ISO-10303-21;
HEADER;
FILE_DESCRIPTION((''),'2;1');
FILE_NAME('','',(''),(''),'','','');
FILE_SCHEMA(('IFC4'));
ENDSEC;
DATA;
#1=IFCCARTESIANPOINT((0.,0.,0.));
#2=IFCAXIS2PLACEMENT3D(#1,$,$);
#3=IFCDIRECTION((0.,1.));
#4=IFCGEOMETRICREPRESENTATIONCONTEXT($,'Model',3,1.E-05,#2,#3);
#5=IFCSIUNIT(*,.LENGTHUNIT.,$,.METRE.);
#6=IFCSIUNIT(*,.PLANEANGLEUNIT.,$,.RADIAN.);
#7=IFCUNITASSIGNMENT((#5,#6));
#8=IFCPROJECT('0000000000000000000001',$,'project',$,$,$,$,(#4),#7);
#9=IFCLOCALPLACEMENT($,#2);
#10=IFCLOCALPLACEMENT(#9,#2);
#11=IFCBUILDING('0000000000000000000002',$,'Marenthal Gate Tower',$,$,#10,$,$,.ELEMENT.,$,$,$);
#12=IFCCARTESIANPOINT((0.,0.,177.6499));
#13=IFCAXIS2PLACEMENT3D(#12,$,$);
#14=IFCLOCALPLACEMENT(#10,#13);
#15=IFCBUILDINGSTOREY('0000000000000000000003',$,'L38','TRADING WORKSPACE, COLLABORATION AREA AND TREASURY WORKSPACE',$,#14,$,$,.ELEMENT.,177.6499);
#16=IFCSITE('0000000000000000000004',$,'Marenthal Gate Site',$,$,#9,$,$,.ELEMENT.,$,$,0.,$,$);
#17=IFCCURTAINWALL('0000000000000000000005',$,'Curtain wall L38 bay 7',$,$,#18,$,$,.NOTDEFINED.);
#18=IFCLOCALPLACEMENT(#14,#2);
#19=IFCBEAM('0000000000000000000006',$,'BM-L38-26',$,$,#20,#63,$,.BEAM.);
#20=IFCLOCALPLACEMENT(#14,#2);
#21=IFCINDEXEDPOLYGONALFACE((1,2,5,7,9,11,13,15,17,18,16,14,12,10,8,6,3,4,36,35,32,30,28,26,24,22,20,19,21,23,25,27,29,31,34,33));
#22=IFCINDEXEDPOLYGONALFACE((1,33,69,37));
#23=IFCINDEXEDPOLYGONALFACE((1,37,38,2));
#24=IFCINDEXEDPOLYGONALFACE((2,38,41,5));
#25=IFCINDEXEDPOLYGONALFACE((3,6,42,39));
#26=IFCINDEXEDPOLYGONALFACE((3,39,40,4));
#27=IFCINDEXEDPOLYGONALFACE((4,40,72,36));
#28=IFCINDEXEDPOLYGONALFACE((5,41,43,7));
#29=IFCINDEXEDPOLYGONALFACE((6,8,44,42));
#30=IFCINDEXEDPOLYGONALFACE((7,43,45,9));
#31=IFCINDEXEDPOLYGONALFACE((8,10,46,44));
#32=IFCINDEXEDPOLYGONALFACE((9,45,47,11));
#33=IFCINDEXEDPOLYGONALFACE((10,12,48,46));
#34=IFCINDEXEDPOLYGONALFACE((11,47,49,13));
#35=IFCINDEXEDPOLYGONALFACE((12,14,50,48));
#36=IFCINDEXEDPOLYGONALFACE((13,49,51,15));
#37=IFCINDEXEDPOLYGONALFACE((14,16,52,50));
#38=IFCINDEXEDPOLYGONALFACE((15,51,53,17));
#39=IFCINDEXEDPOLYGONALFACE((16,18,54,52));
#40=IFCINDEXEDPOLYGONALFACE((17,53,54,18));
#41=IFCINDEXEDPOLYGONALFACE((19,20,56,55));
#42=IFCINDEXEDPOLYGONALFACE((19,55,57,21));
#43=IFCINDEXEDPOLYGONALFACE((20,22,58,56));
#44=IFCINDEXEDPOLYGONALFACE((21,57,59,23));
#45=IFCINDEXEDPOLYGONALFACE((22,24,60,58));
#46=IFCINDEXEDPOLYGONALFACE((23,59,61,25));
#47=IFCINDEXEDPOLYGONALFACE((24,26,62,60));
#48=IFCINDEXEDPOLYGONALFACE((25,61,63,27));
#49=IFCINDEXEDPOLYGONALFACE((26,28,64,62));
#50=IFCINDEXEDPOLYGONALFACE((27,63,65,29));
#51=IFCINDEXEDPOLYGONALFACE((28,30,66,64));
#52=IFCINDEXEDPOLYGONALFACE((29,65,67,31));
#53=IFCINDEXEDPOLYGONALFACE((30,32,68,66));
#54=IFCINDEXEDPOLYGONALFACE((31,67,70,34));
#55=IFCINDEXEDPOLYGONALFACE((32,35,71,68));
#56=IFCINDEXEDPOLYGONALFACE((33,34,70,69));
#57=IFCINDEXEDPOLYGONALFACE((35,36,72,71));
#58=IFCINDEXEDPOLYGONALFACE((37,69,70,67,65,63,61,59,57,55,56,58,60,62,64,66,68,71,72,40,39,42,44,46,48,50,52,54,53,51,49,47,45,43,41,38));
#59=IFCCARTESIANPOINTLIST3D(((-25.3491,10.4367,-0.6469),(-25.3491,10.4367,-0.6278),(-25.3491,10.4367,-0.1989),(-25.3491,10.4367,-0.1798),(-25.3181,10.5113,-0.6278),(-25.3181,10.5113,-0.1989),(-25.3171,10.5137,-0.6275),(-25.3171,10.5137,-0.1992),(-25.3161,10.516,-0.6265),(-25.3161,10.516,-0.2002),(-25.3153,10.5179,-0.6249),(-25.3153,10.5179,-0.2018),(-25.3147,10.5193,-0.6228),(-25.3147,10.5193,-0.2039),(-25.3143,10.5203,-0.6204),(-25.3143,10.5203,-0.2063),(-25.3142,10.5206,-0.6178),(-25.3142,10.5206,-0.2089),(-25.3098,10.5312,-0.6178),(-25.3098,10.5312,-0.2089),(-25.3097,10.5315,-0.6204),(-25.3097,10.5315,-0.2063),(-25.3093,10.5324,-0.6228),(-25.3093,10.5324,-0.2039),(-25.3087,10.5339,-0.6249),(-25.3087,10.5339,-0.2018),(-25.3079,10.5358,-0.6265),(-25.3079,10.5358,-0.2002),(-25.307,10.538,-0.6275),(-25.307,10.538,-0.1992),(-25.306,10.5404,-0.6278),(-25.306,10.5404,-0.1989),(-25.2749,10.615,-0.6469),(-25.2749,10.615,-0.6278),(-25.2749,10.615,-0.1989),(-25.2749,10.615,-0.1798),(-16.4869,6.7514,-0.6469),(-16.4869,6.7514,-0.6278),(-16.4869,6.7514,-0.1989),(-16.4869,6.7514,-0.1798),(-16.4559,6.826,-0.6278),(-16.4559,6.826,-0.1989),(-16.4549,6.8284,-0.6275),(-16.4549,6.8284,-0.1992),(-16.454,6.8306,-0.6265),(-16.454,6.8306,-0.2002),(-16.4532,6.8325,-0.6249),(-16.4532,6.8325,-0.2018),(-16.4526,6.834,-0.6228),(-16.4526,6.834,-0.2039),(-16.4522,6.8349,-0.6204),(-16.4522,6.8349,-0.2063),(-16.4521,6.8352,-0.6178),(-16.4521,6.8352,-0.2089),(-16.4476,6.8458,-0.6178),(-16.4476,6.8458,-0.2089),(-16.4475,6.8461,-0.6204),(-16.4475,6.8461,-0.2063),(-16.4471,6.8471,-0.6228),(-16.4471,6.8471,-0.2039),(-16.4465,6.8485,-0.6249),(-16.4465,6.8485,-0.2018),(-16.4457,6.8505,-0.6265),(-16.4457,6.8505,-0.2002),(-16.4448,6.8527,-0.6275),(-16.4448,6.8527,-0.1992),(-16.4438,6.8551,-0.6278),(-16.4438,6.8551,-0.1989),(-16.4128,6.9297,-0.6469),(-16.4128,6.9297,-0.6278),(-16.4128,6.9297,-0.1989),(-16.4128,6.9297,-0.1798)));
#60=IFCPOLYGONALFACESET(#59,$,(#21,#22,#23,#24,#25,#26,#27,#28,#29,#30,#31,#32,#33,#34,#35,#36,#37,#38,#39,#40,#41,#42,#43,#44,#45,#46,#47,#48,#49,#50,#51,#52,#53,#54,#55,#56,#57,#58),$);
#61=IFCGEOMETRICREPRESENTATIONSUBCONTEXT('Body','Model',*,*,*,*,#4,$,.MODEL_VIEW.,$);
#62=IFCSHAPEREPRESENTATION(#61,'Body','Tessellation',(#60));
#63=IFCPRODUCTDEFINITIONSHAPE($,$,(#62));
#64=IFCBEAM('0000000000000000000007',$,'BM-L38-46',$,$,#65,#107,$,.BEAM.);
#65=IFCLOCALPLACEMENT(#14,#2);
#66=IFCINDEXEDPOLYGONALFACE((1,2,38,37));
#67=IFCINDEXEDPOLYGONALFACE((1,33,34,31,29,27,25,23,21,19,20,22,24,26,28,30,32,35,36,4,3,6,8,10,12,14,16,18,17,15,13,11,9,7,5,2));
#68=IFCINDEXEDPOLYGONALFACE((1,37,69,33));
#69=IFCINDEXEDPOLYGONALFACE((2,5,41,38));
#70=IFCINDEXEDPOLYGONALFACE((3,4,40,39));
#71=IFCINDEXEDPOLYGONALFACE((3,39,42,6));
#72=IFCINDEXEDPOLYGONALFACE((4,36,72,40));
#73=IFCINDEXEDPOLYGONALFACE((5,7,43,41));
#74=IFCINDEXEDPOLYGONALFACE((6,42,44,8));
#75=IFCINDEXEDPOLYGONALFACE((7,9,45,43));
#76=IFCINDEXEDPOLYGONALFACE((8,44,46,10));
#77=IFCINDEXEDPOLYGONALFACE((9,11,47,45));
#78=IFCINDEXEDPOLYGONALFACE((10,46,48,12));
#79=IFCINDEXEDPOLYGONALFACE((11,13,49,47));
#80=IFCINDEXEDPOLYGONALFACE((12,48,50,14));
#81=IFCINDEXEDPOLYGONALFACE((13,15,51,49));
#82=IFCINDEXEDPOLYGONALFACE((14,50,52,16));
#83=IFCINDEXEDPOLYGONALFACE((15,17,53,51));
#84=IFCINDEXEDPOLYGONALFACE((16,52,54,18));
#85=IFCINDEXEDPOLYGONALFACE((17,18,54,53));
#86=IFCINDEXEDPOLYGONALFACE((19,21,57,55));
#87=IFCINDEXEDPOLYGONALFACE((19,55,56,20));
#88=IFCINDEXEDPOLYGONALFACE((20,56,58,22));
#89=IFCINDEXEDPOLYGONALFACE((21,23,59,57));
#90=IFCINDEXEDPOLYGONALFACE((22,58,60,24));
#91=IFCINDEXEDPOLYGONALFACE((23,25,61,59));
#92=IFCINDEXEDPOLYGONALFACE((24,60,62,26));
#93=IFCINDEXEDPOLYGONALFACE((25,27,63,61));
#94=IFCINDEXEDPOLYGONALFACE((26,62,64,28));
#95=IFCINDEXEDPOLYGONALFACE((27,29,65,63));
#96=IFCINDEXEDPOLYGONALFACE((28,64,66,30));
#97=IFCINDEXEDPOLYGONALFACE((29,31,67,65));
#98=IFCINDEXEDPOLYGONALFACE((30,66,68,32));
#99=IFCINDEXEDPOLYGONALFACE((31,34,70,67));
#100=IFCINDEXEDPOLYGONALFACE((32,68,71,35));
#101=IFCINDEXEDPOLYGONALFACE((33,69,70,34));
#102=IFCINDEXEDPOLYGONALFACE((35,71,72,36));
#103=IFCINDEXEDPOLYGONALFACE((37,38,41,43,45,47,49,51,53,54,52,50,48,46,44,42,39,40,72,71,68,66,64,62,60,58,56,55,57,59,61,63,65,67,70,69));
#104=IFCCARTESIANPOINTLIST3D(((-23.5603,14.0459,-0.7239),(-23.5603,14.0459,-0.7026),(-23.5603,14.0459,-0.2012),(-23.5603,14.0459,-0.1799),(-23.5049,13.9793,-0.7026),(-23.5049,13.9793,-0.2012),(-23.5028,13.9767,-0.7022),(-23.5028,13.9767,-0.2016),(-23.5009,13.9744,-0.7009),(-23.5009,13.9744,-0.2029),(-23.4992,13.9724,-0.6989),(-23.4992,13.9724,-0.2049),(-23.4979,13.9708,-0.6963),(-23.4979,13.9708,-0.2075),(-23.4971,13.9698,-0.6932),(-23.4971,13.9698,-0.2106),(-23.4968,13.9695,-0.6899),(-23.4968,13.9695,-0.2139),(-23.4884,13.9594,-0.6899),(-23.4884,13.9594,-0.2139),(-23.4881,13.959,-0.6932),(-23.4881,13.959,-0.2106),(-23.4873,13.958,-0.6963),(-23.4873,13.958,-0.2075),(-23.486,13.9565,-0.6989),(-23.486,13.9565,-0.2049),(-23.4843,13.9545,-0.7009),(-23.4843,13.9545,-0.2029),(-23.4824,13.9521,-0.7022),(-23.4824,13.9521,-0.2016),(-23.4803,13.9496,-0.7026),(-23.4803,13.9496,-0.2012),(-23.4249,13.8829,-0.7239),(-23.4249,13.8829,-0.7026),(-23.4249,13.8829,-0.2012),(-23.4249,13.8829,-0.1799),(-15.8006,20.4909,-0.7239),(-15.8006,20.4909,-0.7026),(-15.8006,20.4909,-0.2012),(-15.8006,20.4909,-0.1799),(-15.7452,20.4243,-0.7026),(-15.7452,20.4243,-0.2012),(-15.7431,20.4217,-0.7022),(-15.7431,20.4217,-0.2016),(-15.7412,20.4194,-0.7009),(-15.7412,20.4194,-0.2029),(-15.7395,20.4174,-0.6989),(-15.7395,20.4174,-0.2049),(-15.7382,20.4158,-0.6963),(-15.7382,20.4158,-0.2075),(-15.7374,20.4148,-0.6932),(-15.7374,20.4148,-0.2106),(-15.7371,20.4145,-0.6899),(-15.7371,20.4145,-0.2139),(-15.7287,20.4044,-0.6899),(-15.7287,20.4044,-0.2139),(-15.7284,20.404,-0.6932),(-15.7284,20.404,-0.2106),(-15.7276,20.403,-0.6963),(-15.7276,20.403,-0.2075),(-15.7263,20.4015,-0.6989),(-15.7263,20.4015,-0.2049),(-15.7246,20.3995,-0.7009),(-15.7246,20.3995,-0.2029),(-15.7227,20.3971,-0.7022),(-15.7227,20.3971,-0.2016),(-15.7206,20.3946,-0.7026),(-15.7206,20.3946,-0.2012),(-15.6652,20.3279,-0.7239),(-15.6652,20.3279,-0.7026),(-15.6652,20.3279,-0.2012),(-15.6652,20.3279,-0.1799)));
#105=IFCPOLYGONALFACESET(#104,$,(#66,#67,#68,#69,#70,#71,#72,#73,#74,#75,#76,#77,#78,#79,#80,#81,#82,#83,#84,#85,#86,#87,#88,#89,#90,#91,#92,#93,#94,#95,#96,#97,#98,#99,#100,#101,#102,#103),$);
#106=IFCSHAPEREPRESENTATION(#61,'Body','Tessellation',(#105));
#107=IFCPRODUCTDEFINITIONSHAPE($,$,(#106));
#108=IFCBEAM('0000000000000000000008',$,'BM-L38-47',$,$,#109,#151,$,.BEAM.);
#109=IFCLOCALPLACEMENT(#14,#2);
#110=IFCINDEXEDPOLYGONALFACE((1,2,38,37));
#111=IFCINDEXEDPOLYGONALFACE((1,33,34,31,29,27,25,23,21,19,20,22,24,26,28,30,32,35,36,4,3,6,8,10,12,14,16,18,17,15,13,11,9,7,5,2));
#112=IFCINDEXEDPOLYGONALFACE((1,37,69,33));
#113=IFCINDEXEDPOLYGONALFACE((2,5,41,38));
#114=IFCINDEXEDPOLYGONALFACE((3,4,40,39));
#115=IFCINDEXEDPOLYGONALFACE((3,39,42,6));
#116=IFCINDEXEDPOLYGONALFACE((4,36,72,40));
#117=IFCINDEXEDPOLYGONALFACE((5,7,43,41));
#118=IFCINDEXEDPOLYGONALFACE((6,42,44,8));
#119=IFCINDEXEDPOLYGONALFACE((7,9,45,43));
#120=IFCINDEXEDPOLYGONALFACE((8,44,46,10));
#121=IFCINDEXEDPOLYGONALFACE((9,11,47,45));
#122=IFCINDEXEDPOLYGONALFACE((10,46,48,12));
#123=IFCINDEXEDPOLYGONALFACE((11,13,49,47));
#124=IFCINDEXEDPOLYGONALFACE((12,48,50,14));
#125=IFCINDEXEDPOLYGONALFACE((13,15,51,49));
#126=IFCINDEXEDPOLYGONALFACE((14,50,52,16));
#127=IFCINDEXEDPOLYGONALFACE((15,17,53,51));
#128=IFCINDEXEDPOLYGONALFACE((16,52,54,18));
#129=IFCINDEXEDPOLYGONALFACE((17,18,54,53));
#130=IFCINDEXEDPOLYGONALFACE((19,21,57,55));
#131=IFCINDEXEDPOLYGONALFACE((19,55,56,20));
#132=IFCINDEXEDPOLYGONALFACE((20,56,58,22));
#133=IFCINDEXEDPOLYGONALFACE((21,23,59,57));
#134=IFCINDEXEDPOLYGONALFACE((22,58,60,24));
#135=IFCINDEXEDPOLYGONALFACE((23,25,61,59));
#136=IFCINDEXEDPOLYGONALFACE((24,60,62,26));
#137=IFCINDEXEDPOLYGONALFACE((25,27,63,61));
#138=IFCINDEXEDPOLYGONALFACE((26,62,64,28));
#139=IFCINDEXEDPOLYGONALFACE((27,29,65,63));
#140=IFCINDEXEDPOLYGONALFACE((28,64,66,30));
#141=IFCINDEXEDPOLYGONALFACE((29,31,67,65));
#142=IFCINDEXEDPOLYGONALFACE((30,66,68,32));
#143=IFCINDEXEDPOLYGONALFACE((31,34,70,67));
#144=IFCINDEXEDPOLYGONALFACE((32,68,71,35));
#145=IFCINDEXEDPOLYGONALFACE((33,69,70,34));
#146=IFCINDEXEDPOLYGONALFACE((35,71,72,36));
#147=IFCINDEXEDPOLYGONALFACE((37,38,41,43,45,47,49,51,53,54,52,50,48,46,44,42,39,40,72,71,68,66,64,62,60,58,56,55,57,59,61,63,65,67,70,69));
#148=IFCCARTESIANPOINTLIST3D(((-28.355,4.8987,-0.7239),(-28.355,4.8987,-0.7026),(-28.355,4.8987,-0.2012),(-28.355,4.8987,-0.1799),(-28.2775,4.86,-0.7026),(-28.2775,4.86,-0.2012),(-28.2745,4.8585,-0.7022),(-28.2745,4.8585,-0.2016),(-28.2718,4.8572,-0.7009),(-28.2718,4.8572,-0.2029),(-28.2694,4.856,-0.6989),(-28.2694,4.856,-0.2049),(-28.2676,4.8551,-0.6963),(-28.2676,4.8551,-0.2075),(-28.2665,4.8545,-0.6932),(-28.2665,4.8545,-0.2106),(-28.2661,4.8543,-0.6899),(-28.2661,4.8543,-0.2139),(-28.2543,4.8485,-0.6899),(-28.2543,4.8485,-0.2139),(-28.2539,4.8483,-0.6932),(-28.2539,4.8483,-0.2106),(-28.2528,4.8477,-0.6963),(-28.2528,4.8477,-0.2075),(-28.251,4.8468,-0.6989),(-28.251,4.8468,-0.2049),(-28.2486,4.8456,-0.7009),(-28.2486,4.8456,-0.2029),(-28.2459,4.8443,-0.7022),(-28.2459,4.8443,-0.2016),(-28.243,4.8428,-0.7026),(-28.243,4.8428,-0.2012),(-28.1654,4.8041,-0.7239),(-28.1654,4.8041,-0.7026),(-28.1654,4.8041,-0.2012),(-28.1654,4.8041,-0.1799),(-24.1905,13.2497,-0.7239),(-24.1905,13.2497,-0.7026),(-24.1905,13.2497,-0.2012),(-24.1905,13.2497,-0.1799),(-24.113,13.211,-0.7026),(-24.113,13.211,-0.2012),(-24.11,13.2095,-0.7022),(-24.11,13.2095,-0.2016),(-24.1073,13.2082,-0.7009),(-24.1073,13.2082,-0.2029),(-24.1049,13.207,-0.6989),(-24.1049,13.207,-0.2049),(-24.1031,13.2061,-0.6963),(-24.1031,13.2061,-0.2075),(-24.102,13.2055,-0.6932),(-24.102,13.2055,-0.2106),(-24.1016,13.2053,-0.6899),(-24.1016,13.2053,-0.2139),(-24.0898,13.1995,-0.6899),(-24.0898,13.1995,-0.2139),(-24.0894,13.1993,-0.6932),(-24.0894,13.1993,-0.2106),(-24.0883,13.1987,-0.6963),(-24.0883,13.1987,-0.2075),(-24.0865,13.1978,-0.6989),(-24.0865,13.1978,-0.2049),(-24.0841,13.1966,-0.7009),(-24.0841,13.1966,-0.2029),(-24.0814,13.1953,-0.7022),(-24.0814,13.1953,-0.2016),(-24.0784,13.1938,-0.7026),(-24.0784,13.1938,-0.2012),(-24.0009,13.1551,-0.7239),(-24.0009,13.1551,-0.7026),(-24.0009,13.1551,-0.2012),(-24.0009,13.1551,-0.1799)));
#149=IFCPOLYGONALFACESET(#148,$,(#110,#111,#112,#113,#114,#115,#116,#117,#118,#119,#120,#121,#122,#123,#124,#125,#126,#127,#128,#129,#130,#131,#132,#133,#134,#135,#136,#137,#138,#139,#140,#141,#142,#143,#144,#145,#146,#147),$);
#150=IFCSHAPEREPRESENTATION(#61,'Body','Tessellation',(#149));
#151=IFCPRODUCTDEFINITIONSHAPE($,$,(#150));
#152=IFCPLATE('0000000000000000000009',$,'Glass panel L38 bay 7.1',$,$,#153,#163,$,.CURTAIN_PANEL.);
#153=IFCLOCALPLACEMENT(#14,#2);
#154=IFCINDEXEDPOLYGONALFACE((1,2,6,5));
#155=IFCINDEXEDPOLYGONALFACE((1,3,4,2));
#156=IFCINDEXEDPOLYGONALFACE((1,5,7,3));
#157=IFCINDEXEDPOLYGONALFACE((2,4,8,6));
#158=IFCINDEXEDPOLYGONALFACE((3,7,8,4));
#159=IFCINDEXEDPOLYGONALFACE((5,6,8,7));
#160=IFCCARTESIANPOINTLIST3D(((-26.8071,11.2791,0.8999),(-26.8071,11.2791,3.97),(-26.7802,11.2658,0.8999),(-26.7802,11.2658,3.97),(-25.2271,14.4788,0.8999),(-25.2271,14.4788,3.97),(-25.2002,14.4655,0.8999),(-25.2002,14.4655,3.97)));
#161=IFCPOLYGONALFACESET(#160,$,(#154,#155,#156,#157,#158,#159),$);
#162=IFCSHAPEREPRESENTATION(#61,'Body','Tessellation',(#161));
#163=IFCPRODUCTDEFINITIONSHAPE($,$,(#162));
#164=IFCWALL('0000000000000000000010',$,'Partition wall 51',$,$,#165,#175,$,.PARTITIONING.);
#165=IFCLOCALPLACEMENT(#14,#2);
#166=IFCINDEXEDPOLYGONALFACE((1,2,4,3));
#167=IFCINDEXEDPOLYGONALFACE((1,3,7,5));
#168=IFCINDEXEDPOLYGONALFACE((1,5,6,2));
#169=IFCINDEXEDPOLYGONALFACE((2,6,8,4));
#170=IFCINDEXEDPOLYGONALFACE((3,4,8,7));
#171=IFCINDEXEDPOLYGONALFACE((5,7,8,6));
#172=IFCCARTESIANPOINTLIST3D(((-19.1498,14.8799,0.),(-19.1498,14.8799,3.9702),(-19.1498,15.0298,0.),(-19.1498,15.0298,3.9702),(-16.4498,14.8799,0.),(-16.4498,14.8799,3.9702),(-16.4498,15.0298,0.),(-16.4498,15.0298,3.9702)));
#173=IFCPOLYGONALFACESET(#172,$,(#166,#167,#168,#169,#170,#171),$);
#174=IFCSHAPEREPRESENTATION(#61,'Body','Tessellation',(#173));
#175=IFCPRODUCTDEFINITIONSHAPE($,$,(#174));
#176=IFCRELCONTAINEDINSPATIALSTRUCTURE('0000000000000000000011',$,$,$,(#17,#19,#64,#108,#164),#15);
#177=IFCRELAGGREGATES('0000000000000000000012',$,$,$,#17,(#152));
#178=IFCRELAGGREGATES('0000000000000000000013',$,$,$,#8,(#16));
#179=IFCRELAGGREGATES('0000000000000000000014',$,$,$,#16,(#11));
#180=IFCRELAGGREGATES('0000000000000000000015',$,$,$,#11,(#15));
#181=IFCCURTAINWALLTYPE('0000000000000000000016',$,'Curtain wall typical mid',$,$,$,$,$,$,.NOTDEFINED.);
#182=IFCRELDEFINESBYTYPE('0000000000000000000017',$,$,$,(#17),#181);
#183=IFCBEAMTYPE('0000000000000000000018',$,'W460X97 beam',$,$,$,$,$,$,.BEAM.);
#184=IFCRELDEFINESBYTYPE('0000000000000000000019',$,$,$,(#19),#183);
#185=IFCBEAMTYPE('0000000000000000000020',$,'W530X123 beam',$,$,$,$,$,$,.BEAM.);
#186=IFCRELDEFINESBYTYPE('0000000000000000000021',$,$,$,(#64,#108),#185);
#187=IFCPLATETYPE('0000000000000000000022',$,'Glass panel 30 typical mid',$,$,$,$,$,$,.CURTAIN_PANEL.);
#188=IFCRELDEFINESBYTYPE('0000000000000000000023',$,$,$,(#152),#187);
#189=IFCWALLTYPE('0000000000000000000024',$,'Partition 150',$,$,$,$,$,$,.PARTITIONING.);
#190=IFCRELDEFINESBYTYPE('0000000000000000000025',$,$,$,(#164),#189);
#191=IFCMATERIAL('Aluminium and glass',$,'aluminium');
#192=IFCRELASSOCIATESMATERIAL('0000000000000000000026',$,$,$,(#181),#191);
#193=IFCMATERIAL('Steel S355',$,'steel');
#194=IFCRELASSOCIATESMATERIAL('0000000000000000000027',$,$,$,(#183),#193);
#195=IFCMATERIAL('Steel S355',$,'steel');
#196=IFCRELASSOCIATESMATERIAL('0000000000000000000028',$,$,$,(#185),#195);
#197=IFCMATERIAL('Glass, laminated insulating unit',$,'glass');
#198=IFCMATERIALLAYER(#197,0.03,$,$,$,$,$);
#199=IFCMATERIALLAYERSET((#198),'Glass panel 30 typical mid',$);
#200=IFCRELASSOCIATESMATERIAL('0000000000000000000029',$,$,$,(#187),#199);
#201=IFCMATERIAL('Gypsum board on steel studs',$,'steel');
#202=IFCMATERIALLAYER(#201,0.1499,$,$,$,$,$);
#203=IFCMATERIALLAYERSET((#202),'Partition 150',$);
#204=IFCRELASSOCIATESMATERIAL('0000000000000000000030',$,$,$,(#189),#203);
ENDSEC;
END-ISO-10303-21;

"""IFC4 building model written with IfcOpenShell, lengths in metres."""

from ifc_helpers import new_model, si_unit, direction, frame, frame_2d, origin, origin_2d, place, context, subcontext, project, spatial, rectangle, i_section, extrude, material, layer, layer_set, material_profile, profile_set, type_object, element, aggregate, save


model = new_model("IFC4")

# Units and contexts
model_context = context("Model", 3, precision=1e-05, world=origin(), true_north=direction((0.0, 1.0)))
body_context = subcontext(model_context, "Body", "Model", "MODEL_VIEW")
ifc_project = project(units=[si_unit("LENGTHUNIT", "METRE"), si_unit("PLANEANGLEUNIT", "RADIAN")], contexts=[model_context])

# Site, building, storey
site_placement = place(None, origin())
site = spatial("IfcSite", under=ifc_project, at=site_placement, Name="Marenthal Gate Site", CompositionType="ELEMENT", RefElevation=0.0)
building_placement = place(site_placement, origin())
building = spatial("IfcBuilding", under=site, at=building_placement, Name="Marenthal Gate Tower", CompositionType="ELEMENT")
storey_placement = place(building_placement, frame((0.0, 0.0, 177.6499)))
storey = spatial("IfcBuildingStorey", under=building, at=storey_placement, Name="L38", Description="TRADING WORKSPACE, COLLABORATION AREA AND TREASURY WORKSPACE", CompositionType="ELEMENT", Elevation=177.6499)

# Shared definitions
ifc_material_1 = material(Name="Aluminium and glass", Category="aluminium")
curtain_wall_type = type_object("IfcCurtainWallType", Name="Curtain wall typical mid", PredefinedType="NOTDEFINED", material=ifc_material_1)

# Curtain wall
curtain_wall_1_placement = place(storey_placement, origin())
curtain_wall_1 = element("IfcCurtainWall", 1, at=curtain_wall_1_placement, inside=storey, type_object=curtain_wall_type, Name="Curtain wall L38 bay 7", PredefinedType="NOTDEFINED")

# Beams
ifc_material_2 = material(Name="Steel S355", Category="steel")
ifc_material_profile_1 = material_profile(ifc_material_2, i_section(OverallWidth=0.1931, OverallDepth=0.467, WebThickness=0.0115, FlangeThickness=0.019, FilletRadius=0.01, at=origin_2d()), Name="W460X97")
ifc_profile_set_1 = profile_set([ifc_material_profile_1], Name="Steel S355")
beam_type_1 = type_object("IfcBeamType", Name="W460X97 beam", PredefinedType="BEAM", material=ifc_profile_set_1)
beam_1_placement = place(storey_placement, frame((-25.312, 10.5259, -0.4133), z_axis=(0.923344, -0.383974, 0.0), x_axis=(0.383974, 0.923344, 0.0)))
element("IfcBeam", 2, at=beam_1_placement, inside=storey, type_object=beam_type_1, Name="BM-L38-26", PredefinedType="BEAM", context=body_context, shape_type="SweptSolid", body=[
    extrude(i_section(OverallWidth=0.1931, OverallDepth=0.467, WebThickness=0.0115, FlangeThickness=0.019, FilletRadius=0.01, at=origin_2d()), origin(), (0.0, 0.0, 1.0), 9.5979),
])
ifc_material_3 = material(Name="Steel S355", Category="steel")
ifc_material_profile_2 = material_profile(ifc_material_3, i_section(OverallWidth=0.2119, OverallDepth=0.5439, WebThickness=0.0132, FlangeThickness=0.0212, FilletRadius=0.0127, at=origin_2d()), Name="W530X123")
ifc_profile_set_2 = profile_set([ifc_material_profile_2], Name="Steel S355")
beam_type_2 = type_object("IfcBeamType", Name="W530X123 beam", PredefinedType="BEAM", material=ifc_profile_set_2)
beam_2_placement = place(storey_placement, frame((-15.7329, 20.4094, -0.4519), z_axis=(-0.769264, -0.638931, 0.0), x_axis=(0.638931, -0.769264, 0.0)))
element("IfcBeam", 3, at=beam_2_placement, inside=storey, type_object=beam_type_2, Name="BM-L38-46", PredefinedType="BEAM", context=body_context, shape_type="SweptSolid", body=[
    extrude(i_section(OverallWidth=0.2119, OverallDepth=0.5439, WebThickness=0.0132, FlangeThickness=0.0212, FilletRadius=0.0127, at=origin_2d()), origin(), (0.0, 0.0, 1.0), 10.0872),
])
beam_3_placement = place(storey_placement, frame((-24.0957, 13.2024, -0.4519), z_axis=(-0.446272, -0.894898, 0.0), x_axis=(0.894898, -0.446272, 0.0)))
element("IfcBeam", 4, at=beam_3_placement, inside=storey, type_object=beam_type_2, Name="BM-L38-47", PredefinedType="BEAM", context=body_context, shape_type="SweptSolid", body=[
    extrude(i_section(OverallWidth=0.2119, OverallDepth=0.5439, WebThickness=0.0132, FlangeThickness=0.0212, FilletRadius=0.0127, at=origin_2d()), origin(), (0.0, 0.0, 1.0), 9.3318),
])

# Plate
ifc_material_4 = material(Name="Glass, laminated insulating unit", Category="glass")
ifc_layer_1 = layer(ifc_material_4, 0.03)
ifc_layer_set_1 = layer_set([ifc_layer_1], Name="Glass panel 30 typical mid")
plate_type = type_object("IfcPlateType", Name="Glass panel 30 typical mid", PredefinedType="CURTAIN_PANEL", material=ifc_layer_set_1)
plate_placement = place(storey_placement, frame((-26.0037, 12.8723, 0.8999), z_axis=(0.0, 0.0, 1.0), x_axis=(-0.442753, -0.896643, 0.0)))
plate = element("IfcPlate", 5, at=plate_placement, type_object=plate_type, Name="Glass panel L38 bay 7.1", PredefinedType="CURTAIN_PANEL", context=body_context, shape_type="SweptSolid", body=[
    extrude(rectangle(XDim=3.5686, YDim=0.03, at=origin_2d()), origin(), (0.0, 0.0, 1.0), 3.0701),
])
aggregate(curtain_wall_1, [plate])

# Wall
ifc_material_5 = material(Name="Gypsum board on steel studs", Category="steel")
ifc_layer_2 = layer(ifc_material_5, 0.1499)
ifc_layer_set_2 = layer_set([ifc_layer_2], Name="Partition 150")
wall_type_1 = type_object("IfcWallType", Name="Partition 150", PredefinedType="PARTITIONING", material=ifc_layer_set_2)
wall_1_placement = place(storey_placement, frame((-19.1499, 14.9548, 0.0), z_axis=(0.0, 0.0, 1.0), x_axis=(1.0, 0.0, 0.0)))
element("IfcWall", 6, at=wall_1_placement, inside=storey, type_object=wall_type_1, Name="Partition wall 51", PredefinedType="PARTITIONING", context=body_context, shape_type="SweptSolid", body=[
    extrude(rectangle(XDim=2.7, YDim=0.1499, at=frame_2d((1.3501, 0.0))), origin(), (0.0, 0.0, 1.0), 3.9702),
])

save(model, "model.ifc")
